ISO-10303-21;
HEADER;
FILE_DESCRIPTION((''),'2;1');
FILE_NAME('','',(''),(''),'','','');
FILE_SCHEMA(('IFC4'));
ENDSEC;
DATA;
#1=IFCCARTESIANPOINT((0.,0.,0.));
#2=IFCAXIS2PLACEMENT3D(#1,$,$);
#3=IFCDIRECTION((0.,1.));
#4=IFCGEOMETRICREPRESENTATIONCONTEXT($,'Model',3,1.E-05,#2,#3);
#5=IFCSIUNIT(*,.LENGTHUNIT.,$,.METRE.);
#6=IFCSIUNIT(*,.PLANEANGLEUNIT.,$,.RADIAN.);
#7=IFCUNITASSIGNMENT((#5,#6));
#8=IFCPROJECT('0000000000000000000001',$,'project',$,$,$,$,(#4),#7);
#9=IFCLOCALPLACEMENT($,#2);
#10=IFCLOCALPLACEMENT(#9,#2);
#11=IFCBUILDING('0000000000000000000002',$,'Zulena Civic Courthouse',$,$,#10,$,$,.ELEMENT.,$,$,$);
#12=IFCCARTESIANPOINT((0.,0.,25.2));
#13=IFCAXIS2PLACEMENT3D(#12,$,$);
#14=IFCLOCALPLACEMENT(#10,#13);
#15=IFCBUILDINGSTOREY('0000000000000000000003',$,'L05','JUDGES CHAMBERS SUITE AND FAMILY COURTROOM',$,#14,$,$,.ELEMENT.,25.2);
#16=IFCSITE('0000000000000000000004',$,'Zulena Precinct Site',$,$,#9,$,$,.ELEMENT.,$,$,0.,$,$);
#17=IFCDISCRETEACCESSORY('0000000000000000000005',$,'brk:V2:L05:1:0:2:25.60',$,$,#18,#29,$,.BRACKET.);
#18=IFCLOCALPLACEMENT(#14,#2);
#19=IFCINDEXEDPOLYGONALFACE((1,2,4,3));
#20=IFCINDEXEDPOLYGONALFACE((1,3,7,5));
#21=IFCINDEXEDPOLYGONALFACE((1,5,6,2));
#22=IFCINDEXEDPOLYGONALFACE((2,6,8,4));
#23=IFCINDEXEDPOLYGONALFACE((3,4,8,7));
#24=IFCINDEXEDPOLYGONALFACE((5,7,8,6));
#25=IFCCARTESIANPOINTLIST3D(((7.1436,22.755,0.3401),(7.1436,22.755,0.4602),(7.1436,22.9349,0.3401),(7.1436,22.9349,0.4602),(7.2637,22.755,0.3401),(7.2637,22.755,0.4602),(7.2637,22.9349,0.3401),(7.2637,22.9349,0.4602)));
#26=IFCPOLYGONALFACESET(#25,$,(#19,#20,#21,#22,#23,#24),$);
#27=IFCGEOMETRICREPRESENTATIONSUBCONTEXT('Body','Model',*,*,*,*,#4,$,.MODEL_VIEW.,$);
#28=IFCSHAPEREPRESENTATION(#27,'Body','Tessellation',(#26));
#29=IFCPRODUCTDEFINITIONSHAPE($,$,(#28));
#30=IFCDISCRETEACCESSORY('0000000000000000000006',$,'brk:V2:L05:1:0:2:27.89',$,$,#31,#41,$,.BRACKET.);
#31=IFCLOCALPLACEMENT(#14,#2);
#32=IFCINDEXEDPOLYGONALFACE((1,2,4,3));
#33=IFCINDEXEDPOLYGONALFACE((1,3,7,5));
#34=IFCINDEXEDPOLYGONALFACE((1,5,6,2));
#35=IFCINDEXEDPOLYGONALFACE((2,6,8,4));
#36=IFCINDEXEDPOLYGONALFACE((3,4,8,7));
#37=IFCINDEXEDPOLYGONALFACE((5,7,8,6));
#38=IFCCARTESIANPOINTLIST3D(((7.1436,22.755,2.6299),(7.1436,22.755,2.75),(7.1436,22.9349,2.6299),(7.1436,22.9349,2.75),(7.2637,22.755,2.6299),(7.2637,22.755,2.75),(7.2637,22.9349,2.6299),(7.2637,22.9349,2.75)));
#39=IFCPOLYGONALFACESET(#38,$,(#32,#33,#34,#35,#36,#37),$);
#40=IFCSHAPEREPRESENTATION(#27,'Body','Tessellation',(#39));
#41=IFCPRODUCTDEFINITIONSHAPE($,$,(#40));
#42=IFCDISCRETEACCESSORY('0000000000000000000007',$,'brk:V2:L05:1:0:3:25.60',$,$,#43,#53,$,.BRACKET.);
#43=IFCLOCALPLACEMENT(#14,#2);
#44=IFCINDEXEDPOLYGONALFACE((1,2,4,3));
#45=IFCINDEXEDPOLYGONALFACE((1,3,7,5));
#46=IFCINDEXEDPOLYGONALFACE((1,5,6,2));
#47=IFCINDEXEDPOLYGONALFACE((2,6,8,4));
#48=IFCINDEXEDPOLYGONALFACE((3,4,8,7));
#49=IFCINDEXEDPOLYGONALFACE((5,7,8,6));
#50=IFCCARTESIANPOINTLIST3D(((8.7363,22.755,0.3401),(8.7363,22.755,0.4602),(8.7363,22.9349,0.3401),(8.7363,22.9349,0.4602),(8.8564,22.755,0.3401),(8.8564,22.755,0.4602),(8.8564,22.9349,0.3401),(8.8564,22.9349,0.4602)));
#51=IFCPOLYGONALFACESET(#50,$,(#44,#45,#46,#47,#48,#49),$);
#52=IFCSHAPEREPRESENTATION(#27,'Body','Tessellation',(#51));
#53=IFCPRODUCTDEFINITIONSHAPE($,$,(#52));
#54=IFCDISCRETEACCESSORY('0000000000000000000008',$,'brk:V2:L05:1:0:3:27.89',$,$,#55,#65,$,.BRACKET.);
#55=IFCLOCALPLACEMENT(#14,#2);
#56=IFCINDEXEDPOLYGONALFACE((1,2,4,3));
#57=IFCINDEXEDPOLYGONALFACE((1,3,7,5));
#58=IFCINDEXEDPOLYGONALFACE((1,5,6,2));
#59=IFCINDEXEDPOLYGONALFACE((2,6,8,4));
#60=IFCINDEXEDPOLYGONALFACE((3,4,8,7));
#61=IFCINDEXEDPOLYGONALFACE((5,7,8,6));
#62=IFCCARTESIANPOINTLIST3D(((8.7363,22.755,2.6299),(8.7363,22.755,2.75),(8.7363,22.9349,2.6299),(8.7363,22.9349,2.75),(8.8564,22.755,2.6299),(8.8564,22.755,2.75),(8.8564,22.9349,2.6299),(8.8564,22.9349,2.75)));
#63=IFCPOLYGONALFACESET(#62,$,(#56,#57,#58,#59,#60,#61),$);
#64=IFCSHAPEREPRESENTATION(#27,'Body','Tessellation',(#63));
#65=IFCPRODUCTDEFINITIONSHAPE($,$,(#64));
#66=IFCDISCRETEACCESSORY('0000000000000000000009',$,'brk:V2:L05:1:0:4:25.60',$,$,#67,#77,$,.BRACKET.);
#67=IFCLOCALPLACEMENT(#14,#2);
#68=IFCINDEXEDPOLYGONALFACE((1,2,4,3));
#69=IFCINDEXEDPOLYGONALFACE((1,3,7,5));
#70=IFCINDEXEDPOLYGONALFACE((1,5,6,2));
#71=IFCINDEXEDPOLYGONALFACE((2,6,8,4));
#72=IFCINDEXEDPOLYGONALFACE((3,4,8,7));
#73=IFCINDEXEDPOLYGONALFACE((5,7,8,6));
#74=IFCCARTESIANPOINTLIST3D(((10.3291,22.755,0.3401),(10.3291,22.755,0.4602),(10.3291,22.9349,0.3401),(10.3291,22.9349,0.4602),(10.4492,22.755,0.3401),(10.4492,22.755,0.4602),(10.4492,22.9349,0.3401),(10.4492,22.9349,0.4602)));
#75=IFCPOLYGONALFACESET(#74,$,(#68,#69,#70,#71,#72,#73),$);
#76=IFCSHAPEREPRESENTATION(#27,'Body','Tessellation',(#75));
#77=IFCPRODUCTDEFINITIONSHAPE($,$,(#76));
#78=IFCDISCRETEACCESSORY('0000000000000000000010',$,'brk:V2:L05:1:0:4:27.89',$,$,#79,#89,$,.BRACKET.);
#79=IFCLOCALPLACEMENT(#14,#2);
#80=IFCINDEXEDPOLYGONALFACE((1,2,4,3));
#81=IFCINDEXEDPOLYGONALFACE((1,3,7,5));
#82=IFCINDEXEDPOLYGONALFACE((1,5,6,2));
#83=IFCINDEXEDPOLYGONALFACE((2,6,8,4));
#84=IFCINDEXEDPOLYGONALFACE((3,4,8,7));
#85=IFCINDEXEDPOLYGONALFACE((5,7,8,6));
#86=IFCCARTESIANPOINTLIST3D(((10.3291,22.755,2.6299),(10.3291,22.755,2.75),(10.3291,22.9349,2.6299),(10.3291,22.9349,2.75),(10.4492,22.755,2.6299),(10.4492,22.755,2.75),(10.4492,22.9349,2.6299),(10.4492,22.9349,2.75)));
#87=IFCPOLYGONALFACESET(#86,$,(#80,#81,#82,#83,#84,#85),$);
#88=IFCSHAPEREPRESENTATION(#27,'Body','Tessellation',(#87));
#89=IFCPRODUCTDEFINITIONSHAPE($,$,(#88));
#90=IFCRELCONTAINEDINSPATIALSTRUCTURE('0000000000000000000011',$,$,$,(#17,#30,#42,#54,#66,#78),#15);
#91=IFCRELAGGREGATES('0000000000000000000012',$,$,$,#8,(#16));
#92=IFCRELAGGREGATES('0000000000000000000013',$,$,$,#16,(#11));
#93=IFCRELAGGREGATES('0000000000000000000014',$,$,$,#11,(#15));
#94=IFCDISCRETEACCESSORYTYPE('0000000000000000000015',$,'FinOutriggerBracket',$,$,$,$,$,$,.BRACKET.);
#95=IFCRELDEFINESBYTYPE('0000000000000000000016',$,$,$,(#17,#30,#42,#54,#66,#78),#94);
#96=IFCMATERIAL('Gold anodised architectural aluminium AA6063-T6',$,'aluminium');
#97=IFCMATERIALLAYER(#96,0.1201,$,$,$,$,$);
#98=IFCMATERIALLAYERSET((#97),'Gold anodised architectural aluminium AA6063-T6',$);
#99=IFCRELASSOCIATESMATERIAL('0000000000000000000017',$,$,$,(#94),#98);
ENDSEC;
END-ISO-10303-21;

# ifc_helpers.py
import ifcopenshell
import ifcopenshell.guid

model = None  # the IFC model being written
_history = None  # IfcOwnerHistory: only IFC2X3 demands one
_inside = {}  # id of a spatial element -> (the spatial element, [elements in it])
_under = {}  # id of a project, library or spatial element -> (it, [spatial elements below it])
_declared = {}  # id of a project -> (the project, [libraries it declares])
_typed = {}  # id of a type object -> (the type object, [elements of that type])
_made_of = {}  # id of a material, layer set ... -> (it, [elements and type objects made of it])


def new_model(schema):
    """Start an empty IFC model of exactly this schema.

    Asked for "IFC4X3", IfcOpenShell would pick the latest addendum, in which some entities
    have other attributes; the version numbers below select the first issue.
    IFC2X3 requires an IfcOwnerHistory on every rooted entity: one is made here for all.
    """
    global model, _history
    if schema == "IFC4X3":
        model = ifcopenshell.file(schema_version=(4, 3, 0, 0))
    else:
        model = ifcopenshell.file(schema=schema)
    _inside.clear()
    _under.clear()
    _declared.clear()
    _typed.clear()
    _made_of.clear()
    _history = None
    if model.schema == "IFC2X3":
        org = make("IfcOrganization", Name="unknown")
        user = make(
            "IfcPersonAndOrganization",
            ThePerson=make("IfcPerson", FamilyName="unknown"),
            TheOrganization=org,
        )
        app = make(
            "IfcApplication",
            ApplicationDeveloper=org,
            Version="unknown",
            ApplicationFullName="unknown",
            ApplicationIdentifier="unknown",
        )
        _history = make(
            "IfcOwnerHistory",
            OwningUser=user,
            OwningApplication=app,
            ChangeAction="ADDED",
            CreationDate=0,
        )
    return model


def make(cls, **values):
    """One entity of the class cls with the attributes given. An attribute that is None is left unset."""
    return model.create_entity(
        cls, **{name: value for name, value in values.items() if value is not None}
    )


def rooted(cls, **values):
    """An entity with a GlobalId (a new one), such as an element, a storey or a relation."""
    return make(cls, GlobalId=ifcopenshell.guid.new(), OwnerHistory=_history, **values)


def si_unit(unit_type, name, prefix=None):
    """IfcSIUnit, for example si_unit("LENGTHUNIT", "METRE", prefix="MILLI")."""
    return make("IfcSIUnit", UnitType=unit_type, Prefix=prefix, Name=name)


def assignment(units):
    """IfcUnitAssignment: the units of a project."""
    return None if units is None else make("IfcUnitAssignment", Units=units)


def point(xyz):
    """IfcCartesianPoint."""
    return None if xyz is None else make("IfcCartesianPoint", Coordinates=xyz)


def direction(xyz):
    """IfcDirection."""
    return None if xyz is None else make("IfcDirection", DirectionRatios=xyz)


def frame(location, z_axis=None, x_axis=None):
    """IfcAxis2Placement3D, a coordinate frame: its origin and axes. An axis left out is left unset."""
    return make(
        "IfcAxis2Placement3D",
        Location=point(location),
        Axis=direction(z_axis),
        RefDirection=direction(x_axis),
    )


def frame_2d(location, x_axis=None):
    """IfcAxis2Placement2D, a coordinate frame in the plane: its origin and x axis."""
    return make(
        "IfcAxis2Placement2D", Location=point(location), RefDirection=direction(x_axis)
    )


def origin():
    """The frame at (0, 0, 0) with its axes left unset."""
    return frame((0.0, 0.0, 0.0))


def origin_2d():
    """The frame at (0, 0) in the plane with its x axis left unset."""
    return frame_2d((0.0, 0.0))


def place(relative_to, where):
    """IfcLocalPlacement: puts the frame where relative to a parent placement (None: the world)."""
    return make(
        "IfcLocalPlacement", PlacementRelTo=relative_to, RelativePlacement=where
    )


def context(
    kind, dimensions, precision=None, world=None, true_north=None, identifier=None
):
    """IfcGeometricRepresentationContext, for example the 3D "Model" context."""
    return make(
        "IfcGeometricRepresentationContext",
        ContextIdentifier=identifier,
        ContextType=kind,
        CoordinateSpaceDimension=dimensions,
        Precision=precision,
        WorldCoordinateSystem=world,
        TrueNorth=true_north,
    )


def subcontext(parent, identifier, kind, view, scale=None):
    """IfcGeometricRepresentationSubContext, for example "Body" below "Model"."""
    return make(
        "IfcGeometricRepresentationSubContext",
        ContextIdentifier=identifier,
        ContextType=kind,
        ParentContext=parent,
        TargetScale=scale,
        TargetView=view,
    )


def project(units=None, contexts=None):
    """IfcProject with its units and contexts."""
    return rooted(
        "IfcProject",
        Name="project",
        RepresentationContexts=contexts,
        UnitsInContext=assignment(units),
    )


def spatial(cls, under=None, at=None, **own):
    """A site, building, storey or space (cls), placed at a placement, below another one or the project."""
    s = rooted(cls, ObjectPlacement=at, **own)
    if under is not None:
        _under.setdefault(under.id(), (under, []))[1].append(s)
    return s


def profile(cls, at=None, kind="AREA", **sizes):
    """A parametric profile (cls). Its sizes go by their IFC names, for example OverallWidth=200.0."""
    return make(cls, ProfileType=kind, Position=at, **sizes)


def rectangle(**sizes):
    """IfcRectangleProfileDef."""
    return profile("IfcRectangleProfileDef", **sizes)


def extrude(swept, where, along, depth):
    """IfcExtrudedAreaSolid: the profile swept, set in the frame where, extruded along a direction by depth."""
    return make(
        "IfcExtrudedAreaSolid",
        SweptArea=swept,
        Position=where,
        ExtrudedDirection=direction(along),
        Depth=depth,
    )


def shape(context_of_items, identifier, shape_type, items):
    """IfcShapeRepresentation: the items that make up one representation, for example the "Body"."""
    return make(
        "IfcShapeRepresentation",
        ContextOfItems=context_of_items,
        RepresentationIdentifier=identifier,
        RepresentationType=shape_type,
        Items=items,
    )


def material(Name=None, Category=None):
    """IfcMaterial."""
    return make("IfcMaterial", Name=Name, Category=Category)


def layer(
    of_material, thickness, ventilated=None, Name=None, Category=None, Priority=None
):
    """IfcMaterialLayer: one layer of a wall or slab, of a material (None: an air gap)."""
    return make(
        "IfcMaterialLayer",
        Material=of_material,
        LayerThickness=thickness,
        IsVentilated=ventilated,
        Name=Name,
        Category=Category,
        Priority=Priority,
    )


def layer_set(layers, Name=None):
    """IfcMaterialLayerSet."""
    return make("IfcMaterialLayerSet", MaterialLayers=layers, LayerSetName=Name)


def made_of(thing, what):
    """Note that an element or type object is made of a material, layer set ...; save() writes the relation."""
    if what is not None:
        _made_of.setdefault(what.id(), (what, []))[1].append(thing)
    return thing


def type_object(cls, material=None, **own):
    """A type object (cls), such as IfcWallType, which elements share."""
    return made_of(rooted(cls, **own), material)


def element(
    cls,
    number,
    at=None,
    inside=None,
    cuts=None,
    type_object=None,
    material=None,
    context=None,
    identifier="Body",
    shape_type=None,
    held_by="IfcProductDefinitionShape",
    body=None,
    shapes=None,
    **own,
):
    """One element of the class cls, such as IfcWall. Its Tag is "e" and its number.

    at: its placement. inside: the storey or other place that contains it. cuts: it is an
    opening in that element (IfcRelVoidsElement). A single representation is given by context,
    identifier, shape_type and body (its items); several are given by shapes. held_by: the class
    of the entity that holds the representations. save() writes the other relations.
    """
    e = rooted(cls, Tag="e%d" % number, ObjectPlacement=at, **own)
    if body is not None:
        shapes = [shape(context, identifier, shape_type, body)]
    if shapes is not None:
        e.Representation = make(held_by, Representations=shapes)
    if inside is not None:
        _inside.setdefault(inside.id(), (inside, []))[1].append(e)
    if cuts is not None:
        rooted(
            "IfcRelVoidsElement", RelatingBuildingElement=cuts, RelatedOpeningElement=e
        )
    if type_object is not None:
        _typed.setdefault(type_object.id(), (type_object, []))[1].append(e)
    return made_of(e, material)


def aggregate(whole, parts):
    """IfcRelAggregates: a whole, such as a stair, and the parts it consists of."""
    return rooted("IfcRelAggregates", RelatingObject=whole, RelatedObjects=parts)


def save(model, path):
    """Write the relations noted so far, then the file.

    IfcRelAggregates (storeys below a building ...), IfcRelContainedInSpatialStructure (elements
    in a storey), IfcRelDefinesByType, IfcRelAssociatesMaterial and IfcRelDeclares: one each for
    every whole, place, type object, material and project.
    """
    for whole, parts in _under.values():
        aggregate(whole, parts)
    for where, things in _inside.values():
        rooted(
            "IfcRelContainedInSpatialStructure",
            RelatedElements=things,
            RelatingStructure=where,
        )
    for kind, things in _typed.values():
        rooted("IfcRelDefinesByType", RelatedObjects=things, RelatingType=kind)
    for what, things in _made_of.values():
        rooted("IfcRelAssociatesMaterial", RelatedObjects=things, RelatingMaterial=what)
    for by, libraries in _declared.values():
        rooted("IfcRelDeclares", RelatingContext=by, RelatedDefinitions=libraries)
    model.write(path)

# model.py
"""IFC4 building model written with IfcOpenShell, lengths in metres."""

from ifc_helpers import new_model, si_unit, direction, frame, origin, origin_2d, place, context, subcontext, project, spatial, rectangle, extrude, material, layer, layer_set, type_object, element, save


model = new_model("IFC4")

# Units and contexts
model_context = context("Model", 3, precision=1e-05, world=origin(), true_north=direction((0.0, 1.0)))
body_context = subcontext(model_context, "Body", "Model", "MODEL_VIEW")
ifc_project = project(units=[si_unit("LENGTHUNIT", "METRE"), si_unit("PLANEANGLEUNIT", "RADIAN")], contexts=[model_context])

# Site, building, storey
site_placement = place(None, origin())
site = spatial("IfcSite", under=ifc_project, at=site_placement, Name="Zulena Precinct Site", CompositionType="ELEMENT", RefElevation=0.0)
building_placement = place(site_placement, origin())
building = spatial("IfcBuilding", under=site, at=building_placement, Name="Zulena Civic Courthouse", CompositionType="ELEMENT")
storey_placement = place(building_placement, frame((0.0, 0.0, 25.2)))
storey = spatial("IfcBuildingStorey", under=building, at=storey_placement, Name="L05", Description="JUDGES CHAMBERS SUITE AND FAMILY COURTROOM", CompositionType="ELEMENT", Elevation=25.2)

# Shared definitions
ifc_material_1 = material(Name="Gold anodised architectural aluminium AA6063-T6", Category="aluminium")

# Discrete accessories
ifc_layer_1 = layer(ifc_material_1, 0.1201)
ifc_layer_set_1 = layer_set([ifc_layer_1], Name="Gold anodised architectural aluminium AA6063-T6")
discrete_accessory_type = type_object("IfcDiscreteAccessoryType", Name="FinOutriggerBracket", PredefinedType="BRACKET", material=ifc_layer_set_1)
for number, where, z_axis, x_axis, name in (
    (1, (7.2036, 22.845, 0.3401), (0.0, 0.0, 1.0), (0.0, 1.0, 0.0), "brk:V2:L05:1:0:2:25.60"),
    (2, (7.2036, 22.845, 2.6299), (0.0, 0.0, 1.0), (0.0, 1.0, 0.0), "brk:V2:L05:1:0:2:27.89"),
    (3, (8.7964, 22.845, 0.3401), (0.0, 0.0, 1.0), (0.0, 1.0, 0.0), "brk:V2:L05:1:0:3:25.60"),
    (4, (8.7964, 22.845, 2.6299), (0.0, 0.0, 1.0), (0.0, 1.0, 0.0), "brk:V2:L05:1:0:3:27.89"),
    (5, (10.3892, 22.845, 0.3401), (0.0, 0.0, 1.0), (0.0, 1.0, 0.0), "brk:V2:L05:1:0:4:25.60"),
    (6, (10.3892, 22.845, 2.6299), (0.0, 0.0, 1.0), (0.0, 1.0, 0.0), "brk:V2:L05:1:0:4:27.89"),
):
    element("IfcDiscreteAccessory", number, at=place(storey_placement, frame(where, z_axis=z_axis, x_axis=x_axis)), inside=storey, type_object=discrete_accessory_type, Name=name, PredefinedType="BRACKET", context=body_context, shape_type="SweptSolid", body=[
        extrude(rectangle(XDim=0.1799, YDim=0.1201, at=origin_2d()), origin(), (0.0, 0.0, 1.0), 0.1201),
    ])

save(model, "model.ifc")
